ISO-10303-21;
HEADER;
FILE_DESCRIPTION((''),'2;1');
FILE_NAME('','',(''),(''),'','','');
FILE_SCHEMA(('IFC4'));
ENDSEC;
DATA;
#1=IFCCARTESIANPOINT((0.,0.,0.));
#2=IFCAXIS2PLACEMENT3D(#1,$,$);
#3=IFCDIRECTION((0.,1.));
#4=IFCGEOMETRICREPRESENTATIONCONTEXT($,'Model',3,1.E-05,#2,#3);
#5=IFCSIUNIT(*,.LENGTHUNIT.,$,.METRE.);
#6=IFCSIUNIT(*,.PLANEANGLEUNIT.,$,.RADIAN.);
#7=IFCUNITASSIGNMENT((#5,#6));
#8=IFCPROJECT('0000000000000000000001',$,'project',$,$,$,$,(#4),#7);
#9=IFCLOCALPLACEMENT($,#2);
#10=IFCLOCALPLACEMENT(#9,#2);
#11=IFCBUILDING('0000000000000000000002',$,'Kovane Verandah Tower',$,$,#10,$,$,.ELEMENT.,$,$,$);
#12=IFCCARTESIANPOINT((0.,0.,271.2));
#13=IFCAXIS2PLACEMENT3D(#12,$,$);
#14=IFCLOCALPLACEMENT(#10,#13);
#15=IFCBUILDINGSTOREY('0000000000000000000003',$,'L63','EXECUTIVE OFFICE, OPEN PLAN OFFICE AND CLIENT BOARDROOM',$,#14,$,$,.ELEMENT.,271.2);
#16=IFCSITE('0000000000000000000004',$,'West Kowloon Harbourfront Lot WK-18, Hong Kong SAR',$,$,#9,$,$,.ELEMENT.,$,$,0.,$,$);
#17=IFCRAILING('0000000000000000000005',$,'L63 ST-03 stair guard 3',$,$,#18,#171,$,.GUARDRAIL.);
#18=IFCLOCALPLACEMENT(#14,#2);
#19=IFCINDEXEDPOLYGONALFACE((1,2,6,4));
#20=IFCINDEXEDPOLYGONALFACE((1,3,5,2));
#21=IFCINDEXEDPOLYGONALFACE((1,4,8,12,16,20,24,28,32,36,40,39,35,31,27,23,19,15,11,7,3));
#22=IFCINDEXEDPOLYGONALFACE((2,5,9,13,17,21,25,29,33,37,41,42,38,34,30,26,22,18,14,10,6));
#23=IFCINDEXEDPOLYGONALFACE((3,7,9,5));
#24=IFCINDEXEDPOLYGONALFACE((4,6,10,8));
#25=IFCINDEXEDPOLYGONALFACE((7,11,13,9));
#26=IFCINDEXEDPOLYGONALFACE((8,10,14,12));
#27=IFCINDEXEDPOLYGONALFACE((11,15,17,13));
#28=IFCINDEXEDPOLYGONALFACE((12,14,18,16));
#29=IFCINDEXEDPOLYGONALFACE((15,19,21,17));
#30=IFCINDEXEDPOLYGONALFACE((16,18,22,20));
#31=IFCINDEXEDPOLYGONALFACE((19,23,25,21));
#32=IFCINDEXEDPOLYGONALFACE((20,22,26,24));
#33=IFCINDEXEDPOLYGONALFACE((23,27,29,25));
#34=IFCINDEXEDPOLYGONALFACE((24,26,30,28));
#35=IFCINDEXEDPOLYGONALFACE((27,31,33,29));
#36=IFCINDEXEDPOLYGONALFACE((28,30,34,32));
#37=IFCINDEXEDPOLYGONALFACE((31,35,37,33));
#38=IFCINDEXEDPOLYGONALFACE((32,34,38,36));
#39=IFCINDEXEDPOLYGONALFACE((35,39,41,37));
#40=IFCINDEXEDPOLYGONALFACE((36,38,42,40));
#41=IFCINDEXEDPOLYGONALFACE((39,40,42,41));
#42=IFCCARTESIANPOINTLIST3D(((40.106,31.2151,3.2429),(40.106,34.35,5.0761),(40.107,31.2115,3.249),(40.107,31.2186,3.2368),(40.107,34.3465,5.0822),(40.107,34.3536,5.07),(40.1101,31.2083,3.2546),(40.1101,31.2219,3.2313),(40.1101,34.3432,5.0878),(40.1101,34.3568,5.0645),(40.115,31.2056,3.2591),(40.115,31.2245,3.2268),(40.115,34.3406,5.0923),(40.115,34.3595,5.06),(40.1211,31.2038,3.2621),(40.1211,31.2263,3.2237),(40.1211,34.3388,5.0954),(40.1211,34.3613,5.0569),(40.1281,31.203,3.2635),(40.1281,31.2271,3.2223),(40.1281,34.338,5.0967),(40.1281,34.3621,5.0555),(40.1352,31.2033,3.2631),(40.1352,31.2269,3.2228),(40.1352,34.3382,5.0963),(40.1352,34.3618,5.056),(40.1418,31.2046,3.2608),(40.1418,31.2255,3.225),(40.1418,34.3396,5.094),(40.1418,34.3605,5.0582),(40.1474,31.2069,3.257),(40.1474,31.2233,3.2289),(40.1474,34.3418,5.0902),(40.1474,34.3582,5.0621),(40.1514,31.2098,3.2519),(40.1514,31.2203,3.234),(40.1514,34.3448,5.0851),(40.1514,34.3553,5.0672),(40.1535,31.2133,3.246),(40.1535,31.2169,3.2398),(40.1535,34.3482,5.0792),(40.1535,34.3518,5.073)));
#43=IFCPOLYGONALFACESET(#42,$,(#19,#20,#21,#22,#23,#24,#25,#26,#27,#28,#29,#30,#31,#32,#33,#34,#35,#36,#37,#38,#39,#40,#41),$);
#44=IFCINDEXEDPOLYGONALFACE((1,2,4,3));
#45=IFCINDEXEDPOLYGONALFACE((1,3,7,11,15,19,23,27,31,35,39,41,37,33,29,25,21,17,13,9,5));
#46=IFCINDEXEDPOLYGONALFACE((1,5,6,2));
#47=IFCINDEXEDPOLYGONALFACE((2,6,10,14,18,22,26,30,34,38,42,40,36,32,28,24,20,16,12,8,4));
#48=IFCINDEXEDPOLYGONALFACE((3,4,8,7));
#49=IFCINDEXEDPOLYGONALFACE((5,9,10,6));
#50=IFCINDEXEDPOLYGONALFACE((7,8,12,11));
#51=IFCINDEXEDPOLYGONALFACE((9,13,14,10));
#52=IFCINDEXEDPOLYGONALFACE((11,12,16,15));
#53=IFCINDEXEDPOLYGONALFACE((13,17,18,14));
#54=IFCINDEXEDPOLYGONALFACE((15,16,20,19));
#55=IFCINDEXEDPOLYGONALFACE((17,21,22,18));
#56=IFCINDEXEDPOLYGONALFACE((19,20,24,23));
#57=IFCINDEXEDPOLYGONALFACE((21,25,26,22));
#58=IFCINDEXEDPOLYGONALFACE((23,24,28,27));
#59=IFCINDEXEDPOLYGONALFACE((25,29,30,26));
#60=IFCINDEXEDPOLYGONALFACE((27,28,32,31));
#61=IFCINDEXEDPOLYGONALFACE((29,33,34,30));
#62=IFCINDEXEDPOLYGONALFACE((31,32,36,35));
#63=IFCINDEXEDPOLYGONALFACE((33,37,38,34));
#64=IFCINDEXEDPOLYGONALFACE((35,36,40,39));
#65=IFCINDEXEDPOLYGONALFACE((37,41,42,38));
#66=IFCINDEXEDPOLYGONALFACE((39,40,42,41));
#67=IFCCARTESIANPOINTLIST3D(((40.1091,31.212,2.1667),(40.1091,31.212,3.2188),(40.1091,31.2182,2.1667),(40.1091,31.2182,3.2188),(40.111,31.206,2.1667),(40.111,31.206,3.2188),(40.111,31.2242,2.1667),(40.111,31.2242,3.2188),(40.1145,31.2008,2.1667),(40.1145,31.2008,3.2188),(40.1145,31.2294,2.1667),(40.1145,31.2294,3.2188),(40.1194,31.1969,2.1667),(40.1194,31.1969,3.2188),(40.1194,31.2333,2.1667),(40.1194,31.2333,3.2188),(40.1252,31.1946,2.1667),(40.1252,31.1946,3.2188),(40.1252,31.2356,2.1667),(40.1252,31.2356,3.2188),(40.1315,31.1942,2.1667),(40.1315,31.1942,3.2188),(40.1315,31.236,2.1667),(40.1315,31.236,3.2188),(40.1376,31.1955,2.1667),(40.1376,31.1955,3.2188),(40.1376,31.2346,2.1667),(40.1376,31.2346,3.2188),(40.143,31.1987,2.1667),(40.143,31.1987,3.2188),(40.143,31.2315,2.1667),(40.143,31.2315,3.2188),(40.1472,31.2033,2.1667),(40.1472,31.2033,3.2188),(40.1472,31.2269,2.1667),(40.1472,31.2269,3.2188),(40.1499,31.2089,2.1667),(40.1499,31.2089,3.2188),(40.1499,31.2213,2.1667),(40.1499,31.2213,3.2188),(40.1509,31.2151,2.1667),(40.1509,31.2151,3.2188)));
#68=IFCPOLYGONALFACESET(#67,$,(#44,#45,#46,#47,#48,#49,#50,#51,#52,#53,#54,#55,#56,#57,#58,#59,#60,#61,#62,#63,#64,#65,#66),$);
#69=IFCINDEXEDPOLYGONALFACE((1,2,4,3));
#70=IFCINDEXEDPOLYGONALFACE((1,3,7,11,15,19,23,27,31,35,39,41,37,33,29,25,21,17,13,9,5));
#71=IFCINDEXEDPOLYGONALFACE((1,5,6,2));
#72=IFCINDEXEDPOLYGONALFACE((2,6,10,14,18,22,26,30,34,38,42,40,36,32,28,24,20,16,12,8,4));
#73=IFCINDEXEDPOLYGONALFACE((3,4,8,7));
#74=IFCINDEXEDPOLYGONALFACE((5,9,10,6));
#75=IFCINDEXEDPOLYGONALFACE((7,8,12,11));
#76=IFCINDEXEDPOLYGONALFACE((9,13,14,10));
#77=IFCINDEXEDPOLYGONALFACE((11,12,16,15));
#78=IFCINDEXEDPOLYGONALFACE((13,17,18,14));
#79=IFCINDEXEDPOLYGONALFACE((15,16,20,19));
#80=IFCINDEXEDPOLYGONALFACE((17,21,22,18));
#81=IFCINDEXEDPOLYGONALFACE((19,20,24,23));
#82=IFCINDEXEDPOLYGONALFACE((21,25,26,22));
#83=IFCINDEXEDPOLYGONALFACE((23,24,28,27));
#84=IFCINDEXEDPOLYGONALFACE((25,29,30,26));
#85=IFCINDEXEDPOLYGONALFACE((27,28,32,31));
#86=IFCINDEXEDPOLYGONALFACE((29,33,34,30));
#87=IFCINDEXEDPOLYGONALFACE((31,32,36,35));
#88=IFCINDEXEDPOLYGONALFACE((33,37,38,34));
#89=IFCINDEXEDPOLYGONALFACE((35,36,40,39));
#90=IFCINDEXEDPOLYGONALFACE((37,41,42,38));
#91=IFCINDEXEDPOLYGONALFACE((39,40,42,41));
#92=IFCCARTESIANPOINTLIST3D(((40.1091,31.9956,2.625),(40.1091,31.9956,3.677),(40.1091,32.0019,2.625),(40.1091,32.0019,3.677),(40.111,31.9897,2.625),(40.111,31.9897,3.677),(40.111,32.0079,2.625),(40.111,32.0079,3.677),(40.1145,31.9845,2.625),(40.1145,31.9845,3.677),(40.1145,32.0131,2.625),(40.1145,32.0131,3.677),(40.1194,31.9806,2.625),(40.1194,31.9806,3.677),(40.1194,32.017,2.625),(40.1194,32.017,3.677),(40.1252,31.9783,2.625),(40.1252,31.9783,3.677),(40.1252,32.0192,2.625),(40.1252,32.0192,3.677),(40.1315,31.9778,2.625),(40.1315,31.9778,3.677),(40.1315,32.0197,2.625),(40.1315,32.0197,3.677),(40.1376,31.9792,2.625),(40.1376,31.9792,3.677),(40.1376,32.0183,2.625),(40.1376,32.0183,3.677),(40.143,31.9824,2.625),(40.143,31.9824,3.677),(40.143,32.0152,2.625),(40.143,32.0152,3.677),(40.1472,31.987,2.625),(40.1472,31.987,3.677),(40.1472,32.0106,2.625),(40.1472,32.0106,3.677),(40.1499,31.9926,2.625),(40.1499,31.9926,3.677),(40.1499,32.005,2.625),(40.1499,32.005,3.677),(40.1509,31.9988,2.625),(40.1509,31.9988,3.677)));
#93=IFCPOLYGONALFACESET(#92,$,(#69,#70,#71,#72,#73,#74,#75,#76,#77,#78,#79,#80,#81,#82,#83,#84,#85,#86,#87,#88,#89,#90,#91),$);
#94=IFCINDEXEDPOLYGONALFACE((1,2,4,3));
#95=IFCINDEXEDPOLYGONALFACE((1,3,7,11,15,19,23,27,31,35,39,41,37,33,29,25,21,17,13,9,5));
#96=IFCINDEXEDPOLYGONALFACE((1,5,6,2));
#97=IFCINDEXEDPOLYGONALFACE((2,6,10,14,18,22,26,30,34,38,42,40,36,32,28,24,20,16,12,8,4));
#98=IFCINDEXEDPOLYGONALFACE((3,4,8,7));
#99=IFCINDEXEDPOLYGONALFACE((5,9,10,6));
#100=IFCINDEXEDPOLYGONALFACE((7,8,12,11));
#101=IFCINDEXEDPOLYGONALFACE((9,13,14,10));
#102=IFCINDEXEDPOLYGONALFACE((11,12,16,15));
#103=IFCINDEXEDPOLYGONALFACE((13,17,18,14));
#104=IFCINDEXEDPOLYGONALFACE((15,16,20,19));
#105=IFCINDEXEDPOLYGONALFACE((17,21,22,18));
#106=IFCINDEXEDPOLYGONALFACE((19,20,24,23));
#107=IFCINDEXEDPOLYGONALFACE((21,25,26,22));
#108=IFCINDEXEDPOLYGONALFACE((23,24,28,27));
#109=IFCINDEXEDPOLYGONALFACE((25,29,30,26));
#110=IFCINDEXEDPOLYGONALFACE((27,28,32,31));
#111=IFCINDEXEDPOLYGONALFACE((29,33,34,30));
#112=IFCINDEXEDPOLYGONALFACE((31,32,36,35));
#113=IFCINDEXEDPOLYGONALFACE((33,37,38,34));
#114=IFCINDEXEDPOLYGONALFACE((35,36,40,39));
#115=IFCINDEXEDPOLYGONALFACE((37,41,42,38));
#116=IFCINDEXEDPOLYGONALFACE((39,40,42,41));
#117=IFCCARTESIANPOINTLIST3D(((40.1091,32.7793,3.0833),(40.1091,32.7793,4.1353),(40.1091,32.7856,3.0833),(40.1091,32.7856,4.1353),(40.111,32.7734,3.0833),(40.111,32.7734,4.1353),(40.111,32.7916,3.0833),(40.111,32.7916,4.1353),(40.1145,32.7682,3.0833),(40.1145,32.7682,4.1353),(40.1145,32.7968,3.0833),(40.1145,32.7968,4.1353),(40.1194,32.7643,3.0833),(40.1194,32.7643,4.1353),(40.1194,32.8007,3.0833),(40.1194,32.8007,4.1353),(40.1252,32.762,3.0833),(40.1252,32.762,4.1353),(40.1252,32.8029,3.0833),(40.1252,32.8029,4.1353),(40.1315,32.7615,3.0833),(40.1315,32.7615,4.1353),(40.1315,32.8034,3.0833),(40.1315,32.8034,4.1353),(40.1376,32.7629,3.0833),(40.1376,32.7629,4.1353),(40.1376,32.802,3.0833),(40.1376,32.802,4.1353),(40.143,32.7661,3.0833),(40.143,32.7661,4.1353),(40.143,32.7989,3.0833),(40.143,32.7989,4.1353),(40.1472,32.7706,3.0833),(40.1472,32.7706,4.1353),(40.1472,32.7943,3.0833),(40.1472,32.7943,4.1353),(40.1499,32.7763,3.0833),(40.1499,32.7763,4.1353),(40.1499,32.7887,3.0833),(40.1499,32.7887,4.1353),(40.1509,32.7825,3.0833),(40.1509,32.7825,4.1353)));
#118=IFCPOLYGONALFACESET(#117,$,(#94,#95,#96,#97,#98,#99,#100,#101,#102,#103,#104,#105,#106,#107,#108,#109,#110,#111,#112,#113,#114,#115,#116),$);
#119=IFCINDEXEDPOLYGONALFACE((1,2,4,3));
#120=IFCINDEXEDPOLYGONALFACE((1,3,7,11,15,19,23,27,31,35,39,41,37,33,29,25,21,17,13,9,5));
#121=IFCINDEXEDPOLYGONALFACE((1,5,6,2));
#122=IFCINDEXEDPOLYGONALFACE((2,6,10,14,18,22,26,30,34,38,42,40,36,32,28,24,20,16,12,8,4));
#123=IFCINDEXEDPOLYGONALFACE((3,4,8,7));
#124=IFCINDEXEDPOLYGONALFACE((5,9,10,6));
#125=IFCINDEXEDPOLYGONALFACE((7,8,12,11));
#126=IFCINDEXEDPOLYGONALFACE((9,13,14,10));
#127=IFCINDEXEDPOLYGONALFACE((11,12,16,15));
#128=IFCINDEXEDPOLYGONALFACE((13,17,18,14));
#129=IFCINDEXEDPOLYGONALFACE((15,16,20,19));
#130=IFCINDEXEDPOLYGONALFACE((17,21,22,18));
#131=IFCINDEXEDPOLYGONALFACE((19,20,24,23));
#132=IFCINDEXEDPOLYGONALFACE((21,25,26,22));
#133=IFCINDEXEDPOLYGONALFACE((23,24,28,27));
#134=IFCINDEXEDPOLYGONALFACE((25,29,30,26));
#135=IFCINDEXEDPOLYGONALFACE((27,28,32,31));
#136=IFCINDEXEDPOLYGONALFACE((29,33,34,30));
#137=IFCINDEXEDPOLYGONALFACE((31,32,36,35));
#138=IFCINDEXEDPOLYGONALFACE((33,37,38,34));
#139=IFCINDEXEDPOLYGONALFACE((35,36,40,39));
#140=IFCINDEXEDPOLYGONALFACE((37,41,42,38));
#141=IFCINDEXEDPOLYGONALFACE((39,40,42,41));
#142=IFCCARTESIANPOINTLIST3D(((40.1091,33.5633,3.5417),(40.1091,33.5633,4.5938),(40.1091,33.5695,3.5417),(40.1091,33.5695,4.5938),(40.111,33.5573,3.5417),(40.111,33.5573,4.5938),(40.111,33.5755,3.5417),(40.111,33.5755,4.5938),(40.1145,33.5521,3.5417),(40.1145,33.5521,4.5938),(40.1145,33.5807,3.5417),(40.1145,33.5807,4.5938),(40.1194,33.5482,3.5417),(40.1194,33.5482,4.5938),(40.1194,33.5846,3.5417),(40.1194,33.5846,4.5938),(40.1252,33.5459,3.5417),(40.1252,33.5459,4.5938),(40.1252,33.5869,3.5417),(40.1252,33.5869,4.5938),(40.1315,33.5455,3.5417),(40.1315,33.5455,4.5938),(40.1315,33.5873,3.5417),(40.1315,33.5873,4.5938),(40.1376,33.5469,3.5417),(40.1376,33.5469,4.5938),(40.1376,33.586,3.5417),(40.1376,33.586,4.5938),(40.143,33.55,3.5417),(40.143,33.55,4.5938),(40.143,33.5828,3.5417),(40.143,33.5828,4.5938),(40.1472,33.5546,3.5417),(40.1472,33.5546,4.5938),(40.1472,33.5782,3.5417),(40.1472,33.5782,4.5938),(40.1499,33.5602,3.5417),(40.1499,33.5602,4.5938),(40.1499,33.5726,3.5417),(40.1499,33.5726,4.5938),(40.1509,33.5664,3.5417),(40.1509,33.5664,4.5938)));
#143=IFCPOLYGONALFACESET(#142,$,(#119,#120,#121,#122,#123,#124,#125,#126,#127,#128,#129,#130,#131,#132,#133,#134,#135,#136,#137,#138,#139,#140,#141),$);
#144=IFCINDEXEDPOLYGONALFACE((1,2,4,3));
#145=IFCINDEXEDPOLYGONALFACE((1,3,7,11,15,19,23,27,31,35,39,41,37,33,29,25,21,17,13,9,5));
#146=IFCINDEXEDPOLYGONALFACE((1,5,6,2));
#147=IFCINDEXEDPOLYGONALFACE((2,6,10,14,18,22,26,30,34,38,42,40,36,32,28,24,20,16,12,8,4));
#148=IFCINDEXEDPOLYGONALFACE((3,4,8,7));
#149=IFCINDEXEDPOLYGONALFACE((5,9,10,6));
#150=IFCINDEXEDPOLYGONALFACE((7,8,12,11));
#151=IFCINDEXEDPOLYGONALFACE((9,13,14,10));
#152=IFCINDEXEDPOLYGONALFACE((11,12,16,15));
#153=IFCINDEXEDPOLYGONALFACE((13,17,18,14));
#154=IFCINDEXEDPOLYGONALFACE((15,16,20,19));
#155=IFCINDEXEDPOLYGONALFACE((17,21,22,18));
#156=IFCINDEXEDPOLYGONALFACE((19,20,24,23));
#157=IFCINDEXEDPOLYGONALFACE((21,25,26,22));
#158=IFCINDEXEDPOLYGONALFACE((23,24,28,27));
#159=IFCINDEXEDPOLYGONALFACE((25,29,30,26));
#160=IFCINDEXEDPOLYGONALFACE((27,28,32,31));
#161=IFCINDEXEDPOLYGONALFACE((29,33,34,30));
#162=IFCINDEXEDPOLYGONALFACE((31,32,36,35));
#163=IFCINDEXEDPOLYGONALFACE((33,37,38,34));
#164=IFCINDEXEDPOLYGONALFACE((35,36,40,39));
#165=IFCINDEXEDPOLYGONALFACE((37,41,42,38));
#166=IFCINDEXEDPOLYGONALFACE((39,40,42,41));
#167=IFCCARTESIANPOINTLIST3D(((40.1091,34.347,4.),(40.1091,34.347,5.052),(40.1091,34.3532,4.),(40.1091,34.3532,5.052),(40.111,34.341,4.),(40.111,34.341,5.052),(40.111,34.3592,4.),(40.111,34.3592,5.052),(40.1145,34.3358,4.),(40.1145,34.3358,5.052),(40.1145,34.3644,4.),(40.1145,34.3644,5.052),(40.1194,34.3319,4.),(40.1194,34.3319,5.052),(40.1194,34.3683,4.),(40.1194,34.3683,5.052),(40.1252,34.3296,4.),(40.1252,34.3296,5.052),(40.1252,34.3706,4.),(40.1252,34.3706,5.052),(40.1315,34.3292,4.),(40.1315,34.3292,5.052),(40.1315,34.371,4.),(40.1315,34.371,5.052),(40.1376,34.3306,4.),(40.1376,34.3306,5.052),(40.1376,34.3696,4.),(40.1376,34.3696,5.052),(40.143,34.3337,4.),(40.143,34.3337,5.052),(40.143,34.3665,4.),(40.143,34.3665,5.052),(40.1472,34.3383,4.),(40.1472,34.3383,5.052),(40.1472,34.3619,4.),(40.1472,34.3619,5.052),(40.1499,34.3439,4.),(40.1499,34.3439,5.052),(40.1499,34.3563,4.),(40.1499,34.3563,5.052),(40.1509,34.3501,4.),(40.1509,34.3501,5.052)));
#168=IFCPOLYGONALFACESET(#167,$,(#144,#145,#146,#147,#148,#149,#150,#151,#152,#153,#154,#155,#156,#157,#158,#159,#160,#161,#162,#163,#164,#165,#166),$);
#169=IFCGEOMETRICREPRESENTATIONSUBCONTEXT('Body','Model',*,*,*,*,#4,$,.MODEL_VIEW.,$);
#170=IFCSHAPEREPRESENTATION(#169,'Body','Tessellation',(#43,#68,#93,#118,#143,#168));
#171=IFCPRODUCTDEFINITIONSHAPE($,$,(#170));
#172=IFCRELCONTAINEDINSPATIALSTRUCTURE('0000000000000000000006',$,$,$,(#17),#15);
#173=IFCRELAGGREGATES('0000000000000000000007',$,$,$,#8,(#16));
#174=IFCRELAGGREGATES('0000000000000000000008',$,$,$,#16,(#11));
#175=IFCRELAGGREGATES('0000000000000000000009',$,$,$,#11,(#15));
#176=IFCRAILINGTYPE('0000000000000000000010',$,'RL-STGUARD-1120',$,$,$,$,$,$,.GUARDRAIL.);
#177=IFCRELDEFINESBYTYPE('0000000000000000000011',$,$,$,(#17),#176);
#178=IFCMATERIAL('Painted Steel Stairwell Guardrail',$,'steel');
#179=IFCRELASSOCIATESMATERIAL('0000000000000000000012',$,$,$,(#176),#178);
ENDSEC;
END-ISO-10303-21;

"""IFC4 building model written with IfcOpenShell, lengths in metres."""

from ifc_helpers import new_model, si_unit, direction, frame, origin, origin_2d, place, context, subcontext, project, spatial, circle, extrude, material, type_object, element, save


model = new_model("IFC4")

# Units and contexts
model_context = context("Model", 3, precision=1e-05, world=origin(), true_north=direction((0.0, 1.0)))
body_context = subcontext(model_context, "Body", "Model", "MODEL_VIEW")
ifc_project = project(units=[si_unit("LENGTHUNIT", "METRE"), si_unit("PLANEANGLEUNIT", "RADIAN")], contexts=[model_context])

# Site, building, storey
site_placement = place(None, origin())
site = spatial("IfcSite", under=ifc_project, at=site_placement, Name="West Kowloon Harbourfront Lot WK-18, Hong Kong SAR", CompositionType="ELEMENT", RefElevation=0.0)
building_placement = place(site_placement, origin())
building = spatial("IfcBuilding", under=site, at=building_placement, Name="Kovane Verandah Tower", CompositionType="ELEMENT")
storey_placement = place(building_placement, frame((0.0, 0.0, 271.2)))
storey = spatial("IfcBuildingStorey", under=building, at=storey_placement, Name="L63", Description="EXECUTIVE OFFICE, OPEN PLAN OFFICE AND CLIENT BOARDROOM", CompositionType="ELEMENT", Elevation=271.2)

# Railing
ifc_material_1 = material(Name="Painted Steel Stairwell Guardrail", Category="steel")
railing_type_1 = type_object("IfcRailingType", Name="RL-STGUARD-1120", PredefinedType="GUARDRAIL", material=ifc_material_1)
railing_1_placement = place(storey_placement, frame((40.1299, 31.2151, 2.1667)))
element("IfcRailing", 1, at=railing_1_placement, inside=storey, type_object=railing_type_1, Name="L63 ST-03 stair guard 3", PredefinedType="GUARDRAIL", context=body_context, shape_type="SweptSolid", body=[
    extrude(circle(Radius=0.0239, at=origin_2d()), frame((0.0, 0.0, 1.0762), z_axis=(0.0, 0.86324, 0.504794), x_axis=(-1.0, 0.0, 0.0)), (0.0, 0.0, 1.0), 3.6316),
    extrude(circle(Radius=0.021, at=origin_2d()), origin(), (0.0, 0.0, 1.0), 1.052),
    extrude(circle(Radius=0.021, at=origin_2d()), frame((0.0, 0.7837, 0.4583)), (0.0, 0.0, 1.0), 1.052),
    extrude(circle(Radius=0.021, at=origin_2d()), frame((0.0, 1.5674, 0.9165)), (0.0, 0.0, 1.0), 1.052),
    extrude(circle(Radius=0.021, at=origin_2d()), frame((0.0, 2.3513, 1.375)), (0.0, 0.0, 1.0), 1.052),
    extrude(circle(Radius=0.021, at=origin_2d()), frame((0.0, 3.135, 1.8333)), (0.0, 0.0, 1.0), 1.052),
])

save(model, "model.ifc")
